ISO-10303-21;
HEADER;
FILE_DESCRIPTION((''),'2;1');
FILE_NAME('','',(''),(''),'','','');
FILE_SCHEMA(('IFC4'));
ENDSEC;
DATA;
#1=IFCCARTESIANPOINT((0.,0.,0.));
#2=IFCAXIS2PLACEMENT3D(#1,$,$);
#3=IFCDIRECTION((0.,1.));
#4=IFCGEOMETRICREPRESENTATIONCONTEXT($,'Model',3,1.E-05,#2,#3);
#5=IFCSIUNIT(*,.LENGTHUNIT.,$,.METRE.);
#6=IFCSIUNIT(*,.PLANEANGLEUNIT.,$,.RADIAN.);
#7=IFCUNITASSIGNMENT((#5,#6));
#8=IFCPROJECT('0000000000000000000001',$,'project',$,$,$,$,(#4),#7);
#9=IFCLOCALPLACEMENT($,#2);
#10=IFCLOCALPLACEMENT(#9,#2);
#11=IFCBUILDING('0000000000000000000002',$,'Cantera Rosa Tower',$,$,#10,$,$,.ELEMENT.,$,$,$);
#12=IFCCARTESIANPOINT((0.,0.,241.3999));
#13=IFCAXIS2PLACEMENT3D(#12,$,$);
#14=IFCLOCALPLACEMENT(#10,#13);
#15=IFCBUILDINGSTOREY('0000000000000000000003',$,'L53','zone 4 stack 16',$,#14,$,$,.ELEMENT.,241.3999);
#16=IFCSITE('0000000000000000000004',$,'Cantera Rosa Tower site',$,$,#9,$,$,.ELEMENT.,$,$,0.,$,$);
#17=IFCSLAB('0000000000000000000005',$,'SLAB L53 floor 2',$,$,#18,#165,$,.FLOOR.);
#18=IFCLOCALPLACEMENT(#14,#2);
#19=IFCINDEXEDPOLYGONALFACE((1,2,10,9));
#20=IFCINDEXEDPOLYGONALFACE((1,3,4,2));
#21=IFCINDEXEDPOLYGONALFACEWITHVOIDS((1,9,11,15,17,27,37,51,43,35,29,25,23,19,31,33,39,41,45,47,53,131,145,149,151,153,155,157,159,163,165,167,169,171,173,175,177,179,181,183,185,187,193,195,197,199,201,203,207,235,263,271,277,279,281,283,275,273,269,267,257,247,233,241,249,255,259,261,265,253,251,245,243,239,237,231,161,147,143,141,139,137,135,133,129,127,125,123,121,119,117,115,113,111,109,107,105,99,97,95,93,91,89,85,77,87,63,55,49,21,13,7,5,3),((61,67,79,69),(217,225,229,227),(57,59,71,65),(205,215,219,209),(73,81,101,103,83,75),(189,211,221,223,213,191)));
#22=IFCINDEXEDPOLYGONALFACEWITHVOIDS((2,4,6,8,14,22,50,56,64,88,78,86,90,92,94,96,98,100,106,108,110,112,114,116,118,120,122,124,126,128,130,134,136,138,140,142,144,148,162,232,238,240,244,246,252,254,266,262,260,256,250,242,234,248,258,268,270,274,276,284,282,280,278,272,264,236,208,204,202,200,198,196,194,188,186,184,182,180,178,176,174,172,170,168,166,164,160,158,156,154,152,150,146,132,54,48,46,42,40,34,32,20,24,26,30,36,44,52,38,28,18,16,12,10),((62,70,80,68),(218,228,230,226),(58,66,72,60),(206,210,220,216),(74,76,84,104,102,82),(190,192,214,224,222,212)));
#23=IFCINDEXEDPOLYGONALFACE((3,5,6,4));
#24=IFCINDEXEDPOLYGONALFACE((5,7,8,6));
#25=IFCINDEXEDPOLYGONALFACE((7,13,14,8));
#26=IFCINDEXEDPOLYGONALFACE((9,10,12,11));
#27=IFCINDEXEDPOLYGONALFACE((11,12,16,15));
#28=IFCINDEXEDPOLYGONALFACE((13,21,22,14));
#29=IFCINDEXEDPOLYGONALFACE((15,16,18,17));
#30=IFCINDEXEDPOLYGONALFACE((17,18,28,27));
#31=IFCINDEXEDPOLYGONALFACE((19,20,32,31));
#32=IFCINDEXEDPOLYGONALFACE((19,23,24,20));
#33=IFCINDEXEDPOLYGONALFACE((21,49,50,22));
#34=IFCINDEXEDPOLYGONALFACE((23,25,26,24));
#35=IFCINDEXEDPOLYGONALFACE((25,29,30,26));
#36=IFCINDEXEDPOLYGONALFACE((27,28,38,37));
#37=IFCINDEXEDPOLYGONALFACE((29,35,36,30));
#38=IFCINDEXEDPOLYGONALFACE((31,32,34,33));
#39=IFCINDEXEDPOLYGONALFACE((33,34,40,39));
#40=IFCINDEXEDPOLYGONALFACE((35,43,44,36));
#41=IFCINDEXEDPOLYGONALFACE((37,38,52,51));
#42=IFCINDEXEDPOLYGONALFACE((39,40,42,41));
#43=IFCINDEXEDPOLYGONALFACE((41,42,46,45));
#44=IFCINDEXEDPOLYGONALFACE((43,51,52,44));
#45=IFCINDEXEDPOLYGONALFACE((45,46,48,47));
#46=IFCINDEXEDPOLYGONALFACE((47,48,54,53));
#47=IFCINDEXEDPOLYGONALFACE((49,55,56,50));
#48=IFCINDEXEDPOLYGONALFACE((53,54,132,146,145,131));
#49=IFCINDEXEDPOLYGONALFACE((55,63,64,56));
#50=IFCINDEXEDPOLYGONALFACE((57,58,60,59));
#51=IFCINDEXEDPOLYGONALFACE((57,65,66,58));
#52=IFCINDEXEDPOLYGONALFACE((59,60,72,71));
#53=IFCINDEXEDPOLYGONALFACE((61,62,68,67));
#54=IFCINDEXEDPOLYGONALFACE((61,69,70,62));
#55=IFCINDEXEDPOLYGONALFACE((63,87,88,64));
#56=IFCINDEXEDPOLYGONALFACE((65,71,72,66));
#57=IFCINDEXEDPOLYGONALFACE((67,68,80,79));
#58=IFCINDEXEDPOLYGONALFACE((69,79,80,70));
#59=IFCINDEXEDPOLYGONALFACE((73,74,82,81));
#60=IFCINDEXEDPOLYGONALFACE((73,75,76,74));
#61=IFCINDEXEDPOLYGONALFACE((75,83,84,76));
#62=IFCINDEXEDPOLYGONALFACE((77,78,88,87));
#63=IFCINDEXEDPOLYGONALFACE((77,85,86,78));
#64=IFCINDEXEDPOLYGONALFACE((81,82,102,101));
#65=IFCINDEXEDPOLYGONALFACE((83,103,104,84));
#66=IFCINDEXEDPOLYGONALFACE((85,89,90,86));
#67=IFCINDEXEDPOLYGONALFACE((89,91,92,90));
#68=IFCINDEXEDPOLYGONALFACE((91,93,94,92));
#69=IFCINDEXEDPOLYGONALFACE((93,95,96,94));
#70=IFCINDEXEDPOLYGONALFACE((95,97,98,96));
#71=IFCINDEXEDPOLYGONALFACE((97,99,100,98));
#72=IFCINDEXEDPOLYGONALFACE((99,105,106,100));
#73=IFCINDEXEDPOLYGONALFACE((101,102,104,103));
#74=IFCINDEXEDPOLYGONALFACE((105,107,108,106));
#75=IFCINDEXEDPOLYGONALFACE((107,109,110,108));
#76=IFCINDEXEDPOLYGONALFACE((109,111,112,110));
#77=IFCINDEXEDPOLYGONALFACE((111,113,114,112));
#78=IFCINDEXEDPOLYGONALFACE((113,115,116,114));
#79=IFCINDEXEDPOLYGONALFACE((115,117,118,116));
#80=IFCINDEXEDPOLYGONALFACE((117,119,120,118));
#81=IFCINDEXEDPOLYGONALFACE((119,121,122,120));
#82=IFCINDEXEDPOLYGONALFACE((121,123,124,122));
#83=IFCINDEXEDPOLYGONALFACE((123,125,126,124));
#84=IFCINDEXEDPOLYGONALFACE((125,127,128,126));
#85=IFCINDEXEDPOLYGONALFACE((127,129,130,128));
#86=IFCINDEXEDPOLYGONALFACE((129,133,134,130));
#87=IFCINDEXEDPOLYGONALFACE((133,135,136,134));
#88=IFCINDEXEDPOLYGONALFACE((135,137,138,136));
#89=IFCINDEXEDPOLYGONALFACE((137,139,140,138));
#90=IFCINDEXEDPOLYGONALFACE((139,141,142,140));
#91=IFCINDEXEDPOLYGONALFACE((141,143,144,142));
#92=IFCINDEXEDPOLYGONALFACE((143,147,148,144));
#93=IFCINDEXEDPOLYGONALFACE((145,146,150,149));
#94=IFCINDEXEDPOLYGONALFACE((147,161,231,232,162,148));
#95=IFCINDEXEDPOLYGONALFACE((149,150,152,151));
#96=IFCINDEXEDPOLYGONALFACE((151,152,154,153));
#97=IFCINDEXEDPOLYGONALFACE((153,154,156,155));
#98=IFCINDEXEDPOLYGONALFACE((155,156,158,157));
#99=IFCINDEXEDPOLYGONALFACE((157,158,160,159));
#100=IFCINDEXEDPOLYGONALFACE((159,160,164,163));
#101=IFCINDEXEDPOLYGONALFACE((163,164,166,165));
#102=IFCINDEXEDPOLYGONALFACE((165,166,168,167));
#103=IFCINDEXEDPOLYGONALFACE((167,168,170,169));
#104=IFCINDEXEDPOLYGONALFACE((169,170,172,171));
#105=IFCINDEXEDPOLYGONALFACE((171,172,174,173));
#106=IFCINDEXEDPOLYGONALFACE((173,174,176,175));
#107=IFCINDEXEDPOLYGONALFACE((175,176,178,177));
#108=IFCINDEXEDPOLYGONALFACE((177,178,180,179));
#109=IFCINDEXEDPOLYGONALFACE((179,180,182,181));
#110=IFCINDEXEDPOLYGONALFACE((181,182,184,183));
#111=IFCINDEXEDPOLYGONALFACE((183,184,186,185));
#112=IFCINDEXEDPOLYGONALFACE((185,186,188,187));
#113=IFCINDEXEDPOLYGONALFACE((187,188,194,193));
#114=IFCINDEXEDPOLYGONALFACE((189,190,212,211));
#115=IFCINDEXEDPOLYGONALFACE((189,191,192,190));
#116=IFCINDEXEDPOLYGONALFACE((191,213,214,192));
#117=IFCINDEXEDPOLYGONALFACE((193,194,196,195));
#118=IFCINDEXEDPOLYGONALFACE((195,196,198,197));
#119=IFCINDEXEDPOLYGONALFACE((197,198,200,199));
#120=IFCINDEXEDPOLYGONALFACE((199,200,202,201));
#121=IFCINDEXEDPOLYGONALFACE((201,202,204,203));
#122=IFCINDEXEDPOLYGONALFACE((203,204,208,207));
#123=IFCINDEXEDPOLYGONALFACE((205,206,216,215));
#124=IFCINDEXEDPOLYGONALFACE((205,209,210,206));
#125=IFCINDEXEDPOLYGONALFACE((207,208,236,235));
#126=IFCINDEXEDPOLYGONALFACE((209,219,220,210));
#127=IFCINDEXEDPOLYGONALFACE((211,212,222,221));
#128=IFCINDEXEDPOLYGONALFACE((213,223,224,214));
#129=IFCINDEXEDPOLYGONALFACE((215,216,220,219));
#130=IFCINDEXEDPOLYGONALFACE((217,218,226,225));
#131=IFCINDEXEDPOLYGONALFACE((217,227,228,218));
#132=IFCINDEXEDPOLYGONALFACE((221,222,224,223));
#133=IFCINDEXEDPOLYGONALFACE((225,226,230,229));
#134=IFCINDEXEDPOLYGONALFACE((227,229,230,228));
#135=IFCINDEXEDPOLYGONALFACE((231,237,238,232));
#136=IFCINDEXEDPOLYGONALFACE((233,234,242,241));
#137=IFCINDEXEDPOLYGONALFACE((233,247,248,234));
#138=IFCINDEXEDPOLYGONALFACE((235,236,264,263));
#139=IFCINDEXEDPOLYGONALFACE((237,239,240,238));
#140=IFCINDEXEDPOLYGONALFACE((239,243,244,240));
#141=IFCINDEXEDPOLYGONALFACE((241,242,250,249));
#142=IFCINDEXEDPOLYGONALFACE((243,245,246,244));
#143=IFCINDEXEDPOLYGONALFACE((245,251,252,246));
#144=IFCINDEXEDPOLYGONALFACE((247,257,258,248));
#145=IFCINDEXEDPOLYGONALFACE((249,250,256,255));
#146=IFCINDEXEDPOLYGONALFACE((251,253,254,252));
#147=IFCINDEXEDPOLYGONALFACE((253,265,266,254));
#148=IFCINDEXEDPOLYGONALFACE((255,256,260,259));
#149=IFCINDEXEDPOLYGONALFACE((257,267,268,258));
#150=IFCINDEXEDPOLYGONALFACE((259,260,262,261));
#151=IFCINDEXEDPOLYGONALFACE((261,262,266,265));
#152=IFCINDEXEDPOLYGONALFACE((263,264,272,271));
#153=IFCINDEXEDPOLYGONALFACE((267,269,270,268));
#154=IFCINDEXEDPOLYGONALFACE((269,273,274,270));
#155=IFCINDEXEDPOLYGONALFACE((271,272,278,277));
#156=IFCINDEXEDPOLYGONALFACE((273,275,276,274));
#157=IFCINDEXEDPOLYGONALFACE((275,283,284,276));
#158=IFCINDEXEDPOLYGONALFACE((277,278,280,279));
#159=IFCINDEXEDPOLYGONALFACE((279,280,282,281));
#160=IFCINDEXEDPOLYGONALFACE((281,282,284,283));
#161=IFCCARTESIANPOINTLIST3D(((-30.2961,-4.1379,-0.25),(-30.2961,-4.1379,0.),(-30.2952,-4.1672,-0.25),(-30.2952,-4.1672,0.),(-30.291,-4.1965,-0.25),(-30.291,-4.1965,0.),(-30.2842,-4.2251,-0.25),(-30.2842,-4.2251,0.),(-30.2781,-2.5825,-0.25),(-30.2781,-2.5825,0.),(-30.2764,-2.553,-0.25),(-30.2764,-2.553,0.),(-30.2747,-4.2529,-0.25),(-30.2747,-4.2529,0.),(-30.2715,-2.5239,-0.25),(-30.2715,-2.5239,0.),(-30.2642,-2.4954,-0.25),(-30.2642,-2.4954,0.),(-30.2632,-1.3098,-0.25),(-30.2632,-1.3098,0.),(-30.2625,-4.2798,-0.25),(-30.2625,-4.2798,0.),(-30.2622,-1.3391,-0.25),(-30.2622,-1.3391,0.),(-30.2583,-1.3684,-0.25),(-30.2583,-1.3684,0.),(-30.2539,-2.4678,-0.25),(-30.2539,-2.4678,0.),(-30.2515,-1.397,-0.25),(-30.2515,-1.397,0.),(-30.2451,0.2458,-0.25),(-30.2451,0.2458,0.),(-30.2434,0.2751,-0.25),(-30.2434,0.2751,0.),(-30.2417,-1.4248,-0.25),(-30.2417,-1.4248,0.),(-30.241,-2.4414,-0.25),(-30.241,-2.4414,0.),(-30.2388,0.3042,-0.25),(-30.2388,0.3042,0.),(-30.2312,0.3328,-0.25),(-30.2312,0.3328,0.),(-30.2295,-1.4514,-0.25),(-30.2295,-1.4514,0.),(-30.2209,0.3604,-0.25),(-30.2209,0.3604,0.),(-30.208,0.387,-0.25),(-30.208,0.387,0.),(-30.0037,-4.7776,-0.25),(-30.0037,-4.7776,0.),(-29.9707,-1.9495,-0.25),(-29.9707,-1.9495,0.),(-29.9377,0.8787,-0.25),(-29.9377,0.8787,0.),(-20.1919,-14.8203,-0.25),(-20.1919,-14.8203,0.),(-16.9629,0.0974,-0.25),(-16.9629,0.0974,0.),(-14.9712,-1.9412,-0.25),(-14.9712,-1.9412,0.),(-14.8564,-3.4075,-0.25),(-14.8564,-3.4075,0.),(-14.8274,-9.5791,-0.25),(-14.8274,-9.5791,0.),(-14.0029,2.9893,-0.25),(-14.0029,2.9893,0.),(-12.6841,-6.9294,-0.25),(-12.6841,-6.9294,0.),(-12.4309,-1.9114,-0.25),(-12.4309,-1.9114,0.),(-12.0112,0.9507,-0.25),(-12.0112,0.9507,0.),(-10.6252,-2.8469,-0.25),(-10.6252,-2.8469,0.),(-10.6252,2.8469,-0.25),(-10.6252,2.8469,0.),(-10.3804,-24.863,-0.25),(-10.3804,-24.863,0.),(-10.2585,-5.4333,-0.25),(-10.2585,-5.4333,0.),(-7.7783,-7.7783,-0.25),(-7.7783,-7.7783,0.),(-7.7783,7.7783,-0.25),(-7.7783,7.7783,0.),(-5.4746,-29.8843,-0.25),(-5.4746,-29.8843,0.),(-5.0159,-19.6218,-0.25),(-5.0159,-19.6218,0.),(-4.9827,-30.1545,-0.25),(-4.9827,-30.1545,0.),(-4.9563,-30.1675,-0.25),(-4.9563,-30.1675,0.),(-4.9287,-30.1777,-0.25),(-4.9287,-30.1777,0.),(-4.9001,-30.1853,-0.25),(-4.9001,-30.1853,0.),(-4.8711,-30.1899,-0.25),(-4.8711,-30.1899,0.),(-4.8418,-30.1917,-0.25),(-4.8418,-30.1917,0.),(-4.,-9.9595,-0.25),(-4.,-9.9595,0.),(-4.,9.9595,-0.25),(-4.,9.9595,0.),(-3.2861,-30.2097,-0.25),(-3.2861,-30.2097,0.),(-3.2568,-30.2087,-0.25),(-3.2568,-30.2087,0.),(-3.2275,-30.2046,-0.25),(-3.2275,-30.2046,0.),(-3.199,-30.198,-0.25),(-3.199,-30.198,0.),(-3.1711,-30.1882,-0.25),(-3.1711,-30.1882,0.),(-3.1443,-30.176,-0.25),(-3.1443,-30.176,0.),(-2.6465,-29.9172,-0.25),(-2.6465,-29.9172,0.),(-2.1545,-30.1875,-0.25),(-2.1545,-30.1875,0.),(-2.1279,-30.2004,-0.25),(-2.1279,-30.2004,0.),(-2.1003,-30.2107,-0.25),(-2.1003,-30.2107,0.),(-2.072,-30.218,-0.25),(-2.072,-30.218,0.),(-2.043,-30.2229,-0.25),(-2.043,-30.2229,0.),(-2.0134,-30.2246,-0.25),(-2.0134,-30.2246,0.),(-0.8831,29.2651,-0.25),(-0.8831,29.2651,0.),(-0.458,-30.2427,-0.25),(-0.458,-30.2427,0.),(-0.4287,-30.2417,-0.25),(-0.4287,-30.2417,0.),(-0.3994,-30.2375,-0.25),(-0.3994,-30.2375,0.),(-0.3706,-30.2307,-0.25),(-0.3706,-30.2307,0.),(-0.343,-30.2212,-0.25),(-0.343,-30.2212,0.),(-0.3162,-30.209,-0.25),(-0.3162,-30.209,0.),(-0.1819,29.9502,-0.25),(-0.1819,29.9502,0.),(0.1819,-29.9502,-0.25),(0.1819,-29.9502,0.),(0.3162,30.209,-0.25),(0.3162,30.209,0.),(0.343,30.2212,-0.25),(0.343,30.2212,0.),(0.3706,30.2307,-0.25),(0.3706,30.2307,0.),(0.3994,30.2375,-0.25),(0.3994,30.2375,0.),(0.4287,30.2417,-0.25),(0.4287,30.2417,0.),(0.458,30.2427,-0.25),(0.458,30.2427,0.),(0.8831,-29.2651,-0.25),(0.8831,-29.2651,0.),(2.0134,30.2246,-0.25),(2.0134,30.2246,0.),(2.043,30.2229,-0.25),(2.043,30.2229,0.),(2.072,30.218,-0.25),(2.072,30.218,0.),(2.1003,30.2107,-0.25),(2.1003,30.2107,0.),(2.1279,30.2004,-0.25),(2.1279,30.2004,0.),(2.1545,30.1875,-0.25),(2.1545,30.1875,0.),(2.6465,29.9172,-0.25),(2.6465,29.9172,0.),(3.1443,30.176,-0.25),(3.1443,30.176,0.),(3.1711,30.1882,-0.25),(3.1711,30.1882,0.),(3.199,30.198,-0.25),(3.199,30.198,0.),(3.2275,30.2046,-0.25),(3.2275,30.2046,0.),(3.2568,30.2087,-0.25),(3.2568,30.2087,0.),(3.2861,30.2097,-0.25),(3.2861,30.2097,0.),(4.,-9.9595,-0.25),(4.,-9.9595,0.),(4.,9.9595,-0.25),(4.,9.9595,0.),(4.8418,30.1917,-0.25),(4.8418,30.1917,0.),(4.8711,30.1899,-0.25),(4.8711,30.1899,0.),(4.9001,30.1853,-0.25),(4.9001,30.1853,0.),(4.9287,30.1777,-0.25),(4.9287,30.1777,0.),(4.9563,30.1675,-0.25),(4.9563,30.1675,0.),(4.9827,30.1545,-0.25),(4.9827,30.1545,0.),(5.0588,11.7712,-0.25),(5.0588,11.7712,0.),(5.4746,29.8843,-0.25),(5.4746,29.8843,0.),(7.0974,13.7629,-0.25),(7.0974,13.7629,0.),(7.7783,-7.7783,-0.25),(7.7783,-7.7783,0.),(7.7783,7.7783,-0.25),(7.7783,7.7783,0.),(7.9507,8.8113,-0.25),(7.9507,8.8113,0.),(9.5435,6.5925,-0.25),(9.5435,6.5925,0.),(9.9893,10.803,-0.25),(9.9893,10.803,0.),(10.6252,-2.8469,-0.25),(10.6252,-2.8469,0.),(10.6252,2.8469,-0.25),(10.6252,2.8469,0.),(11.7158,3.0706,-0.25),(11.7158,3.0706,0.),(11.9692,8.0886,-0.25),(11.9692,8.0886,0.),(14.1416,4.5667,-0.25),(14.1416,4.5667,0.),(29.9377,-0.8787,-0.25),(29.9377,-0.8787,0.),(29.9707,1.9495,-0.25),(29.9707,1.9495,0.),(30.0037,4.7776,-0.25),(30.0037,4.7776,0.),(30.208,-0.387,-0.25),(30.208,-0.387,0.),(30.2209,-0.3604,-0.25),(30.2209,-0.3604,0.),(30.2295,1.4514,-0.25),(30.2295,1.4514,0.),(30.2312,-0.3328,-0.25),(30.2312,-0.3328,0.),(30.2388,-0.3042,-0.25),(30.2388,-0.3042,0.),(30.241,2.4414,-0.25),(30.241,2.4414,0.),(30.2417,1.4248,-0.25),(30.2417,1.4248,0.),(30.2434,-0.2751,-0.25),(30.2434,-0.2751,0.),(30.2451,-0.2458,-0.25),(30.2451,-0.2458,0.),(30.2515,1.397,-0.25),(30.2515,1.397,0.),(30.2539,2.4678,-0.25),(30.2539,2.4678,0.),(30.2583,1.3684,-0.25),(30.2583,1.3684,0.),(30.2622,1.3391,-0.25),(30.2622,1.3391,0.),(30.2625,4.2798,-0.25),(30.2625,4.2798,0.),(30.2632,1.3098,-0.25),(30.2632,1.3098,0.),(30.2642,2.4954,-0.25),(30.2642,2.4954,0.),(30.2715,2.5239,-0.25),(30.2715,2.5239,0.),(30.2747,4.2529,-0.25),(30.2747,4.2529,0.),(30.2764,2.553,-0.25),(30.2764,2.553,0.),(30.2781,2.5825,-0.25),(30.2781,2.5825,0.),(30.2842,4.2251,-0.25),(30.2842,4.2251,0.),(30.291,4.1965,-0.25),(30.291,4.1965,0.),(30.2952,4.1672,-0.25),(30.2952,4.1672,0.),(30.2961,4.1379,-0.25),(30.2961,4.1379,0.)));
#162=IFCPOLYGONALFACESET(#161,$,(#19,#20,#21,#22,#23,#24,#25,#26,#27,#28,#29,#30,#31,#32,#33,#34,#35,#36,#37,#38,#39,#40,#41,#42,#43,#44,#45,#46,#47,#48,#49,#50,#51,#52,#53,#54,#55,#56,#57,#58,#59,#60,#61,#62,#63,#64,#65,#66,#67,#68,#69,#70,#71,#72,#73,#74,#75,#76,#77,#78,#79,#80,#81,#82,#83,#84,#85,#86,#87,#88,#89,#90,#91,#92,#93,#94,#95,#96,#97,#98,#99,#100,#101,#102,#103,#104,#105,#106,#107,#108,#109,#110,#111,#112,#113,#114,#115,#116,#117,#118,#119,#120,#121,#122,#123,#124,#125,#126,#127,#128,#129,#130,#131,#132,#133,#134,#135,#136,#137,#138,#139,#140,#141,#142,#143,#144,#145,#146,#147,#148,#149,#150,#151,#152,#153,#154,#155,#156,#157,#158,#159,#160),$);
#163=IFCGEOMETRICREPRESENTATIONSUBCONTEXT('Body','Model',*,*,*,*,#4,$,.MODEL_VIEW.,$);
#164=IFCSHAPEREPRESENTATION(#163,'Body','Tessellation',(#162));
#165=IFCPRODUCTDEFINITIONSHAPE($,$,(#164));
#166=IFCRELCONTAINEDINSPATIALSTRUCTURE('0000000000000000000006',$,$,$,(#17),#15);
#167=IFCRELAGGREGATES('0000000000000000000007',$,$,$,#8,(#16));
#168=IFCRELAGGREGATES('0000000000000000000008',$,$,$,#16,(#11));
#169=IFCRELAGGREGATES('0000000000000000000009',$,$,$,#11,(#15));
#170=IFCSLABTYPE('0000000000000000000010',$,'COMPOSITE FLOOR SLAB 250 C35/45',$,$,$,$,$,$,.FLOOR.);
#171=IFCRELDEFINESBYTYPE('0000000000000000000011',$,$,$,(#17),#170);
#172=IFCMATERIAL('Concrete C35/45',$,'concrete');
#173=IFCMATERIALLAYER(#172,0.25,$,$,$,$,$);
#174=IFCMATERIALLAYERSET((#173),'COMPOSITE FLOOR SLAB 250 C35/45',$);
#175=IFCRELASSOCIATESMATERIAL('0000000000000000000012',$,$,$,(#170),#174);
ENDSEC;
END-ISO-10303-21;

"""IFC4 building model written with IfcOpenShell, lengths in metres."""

from ifc_helpers import new_model, si_unit, direction, frame, origin, place, context, subcontext, project, spatial, polyline, outline, extrude, material, layer, layer_set, type_object, element, save


model = new_model("IFC4")

# Units and contexts
model_context = context("Model", 3, precision=1e-05, world=origin(), true_north=direction((0.0, 1.0)))
body_context = subcontext(model_context, "Body", "Model", "MODEL_VIEW")
ifc_project = project(units=[si_unit("LENGTHUNIT", "METRE"), si_unit("PLANEANGLEUNIT", "RADIAN")], contexts=[model_context])

# Site, building, storey
site_placement = place(None, origin())
site = spatial("IfcSite", under=ifc_project, at=site_placement, Name="Cantera Rosa Tower site", CompositionType="ELEMENT", RefElevation=0.0)
building_placement = place(site_placement, origin())
building = spatial("IfcBuilding", under=site, at=building_placement, Name="Cantera Rosa Tower", CompositionType="ELEMENT")
storey_placement = place(building_placement, frame((0.0, 0.0, 241.3999)))
storey = spatial("IfcBuildingStorey", under=building, at=storey_placement, Name="L53", Description="zone 4 stack 16", CompositionType="ELEMENT", Elevation=241.3999)

# Slab
ifc_material_1 = material(Name="Concrete C35/45", Category="concrete")
ifc_layer_1 = layer(ifc_material_1, 0.25)
ifc_layer_set_1 = layer_set([ifc_layer_1], Name="COMPOSITE FLOOR SLAB 250 C35/45")
slab_type_1 = type_object("IfcSlabType", Name="COMPOSITE FLOOR SLAB 250 C35/45", PredefinedType="FLOOR", material=ifc_layer_set_1)
slab_1_placement = place(storey_placement, frame((0.0, 0.0, -0.25)))
element("IfcSlab", 1, at=slab_1_placement, inside=storey, type_object=slab_type_1, Name="SLAB L53 floor 2", PredefinedType="FLOOR", context=body_context, shape_type="SweptSolid", body=[
    extrude(outline(polyline([(-2.1279, -30.2004), (-2.1545, -30.1875), (-2.6465, -29.9172), (-3.1443, -30.176), (-3.1711, -30.1882), (-3.199, -30.198), (-3.2275, -30.2046), (-3.2568, -30.2087), (-3.2861, -30.2097), (-4.8418, -30.1917), (-4.8711, -30.1899), (-4.9001, -30.1853), (-4.9287, -30.1777), (-4.9563, -30.1675), (-4.9827, -30.1545), (-5.4746, -29.8843), (-10.3804, -24.863), (-5.0159, -19.6218), (-14.8274, -9.5791), (-20.1919, -14.8203), (-30.0037, -4.7776), (-30.2625, -4.2798), (-30.2747, -4.2529), (-30.2842, -4.2251), (-30.291, -4.1965), (-30.2952, -4.1672), (-30.2961, -4.1379), (-30.2781, -2.5825), (-30.2764, -2.553), (-30.2715, -2.5239), (-30.2642, -2.4954), (-30.2539, -2.4678), (-30.241, -2.4414), (-29.9707, -1.9495), (-30.2295, -1.4514), (-30.2417, -1.4248), (-30.2515, -1.397), (-30.2583, -1.3684), (-30.2622, -1.3391), (-30.2632, -1.3098), (-30.2451, 0.2458), (-30.2434, 0.2751), (-30.2388, 0.3042), (-30.2312, 0.3328), (-30.2209, 0.3604), (-30.208, 0.387), (-29.9377, 0.8787), (-0.8831, 29.2651), (-0.1819, 29.9502), (0.3162, 30.209), (0.343, 30.2212), (0.3706, 30.2307), (0.3994, 30.2375), (0.4287, 30.2417), (0.458, 30.2427), (2.0134, 30.2246), (2.043, 30.2229), (2.072, 30.218), (2.1003, 30.2107), (2.1279, 30.2004), (2.1545, 30.1875), (2.6465, 29.9172), (3.1443, 30.176), (3.1711, 30.1882), (3.199, 30.198), (3.2275, 30.2046), (3.2568, 30.2087), (3.2861, 30.2097), (4.8418, 30.1917), (4.8711, 30.1899), (4.9001, 30.1853), (4.9287, 30.1777), (4.9563, 30.1675), (4.9827, 30.1545), (5.4746, 29.8843), (30.0037, 4.7776), (30.2625, 4.2798), (30.2747, 4.2529), (30.2842, 4.2251), (30.291, 4.1965), (30.2952, 4.1672), (30.2961, 4.1379), (30.2781, 2.5825), (30.2764, 2.553), (30.2715, 2.5239), (30.2642, 2.4954), (30.2539, 2.4678), (30.241, 2.4414), (29.9707, 1.9495), (30.2295, 1.4514), (30.2417, 1.4248), (30.2515, 1.397), (30.2583, 1.3684), (30.2622, 1.3391), (30.2632, 1.3098), (30.2451, -0.2458), (30.2434, -0.2751), (30.2388, -0.3042), (30.2312, -0.3328), (30.2209, -0.3604), (30.208, -0.387), (29.9377, -0.8787), (0.8831, -29.2651), (0.1819, -29.9502), (-0.3162, -30.209), (-0.343, -30.2212), (-0.3706, -30.2307), (-0.3994, -30.2375), (-0.4287, -30.2417), (-0.458, -30.2427), (-2.0134, -30.2246), (-2.043, -30.2229), (-2.072, -30.218), (-2.1003, -30.2107), (-2.1279, -30.2004)]), holes=[polyline([(-10.2585, -5.4333), (-12.4309, -1.9114), (-14.8564, -3.4075), (-12.6841, -6.9294), (-10.2585, -5.4333)]), polyline([(-7.7783, 7.7783), (-10.6252, 2.8469), (-10.6252, -2.8469), (-7.7783, -7.7783), (-4.0, -9.9595), (-4.0, 9.9595), (-7.7783, 7.7783)]), polyline([(-14.0029, 2.9893), (-16.9629, 0.0974), (-14.9712, -1.9412), (-12.0112, 0.9507), (-14.0029, 2.9893)]), polyline([(7.7783, -7.7783), (10.6252, -2.8469), (10.6252, 2.8469), (7.7783, 7.7783), (4.0, 9.9595), (4.0, -9.9595), (7.7783, -7.7783)]), polyline([(14.1416, 4.5667), (11.9692, 8.0886), (9.5435, 6.5925), (11.7158, 3.0706), (14.1416, 4.5667)]), polyline([(9.9893, 10.803), (7.0974, 13.7629), (5.0588, 11.7712), (7.9507, 8.8113), (9.9893, 10.803)])]), origin(), (0.0, 0.0, 1.0), 0.25),
])

save(model, "model.ifc")
